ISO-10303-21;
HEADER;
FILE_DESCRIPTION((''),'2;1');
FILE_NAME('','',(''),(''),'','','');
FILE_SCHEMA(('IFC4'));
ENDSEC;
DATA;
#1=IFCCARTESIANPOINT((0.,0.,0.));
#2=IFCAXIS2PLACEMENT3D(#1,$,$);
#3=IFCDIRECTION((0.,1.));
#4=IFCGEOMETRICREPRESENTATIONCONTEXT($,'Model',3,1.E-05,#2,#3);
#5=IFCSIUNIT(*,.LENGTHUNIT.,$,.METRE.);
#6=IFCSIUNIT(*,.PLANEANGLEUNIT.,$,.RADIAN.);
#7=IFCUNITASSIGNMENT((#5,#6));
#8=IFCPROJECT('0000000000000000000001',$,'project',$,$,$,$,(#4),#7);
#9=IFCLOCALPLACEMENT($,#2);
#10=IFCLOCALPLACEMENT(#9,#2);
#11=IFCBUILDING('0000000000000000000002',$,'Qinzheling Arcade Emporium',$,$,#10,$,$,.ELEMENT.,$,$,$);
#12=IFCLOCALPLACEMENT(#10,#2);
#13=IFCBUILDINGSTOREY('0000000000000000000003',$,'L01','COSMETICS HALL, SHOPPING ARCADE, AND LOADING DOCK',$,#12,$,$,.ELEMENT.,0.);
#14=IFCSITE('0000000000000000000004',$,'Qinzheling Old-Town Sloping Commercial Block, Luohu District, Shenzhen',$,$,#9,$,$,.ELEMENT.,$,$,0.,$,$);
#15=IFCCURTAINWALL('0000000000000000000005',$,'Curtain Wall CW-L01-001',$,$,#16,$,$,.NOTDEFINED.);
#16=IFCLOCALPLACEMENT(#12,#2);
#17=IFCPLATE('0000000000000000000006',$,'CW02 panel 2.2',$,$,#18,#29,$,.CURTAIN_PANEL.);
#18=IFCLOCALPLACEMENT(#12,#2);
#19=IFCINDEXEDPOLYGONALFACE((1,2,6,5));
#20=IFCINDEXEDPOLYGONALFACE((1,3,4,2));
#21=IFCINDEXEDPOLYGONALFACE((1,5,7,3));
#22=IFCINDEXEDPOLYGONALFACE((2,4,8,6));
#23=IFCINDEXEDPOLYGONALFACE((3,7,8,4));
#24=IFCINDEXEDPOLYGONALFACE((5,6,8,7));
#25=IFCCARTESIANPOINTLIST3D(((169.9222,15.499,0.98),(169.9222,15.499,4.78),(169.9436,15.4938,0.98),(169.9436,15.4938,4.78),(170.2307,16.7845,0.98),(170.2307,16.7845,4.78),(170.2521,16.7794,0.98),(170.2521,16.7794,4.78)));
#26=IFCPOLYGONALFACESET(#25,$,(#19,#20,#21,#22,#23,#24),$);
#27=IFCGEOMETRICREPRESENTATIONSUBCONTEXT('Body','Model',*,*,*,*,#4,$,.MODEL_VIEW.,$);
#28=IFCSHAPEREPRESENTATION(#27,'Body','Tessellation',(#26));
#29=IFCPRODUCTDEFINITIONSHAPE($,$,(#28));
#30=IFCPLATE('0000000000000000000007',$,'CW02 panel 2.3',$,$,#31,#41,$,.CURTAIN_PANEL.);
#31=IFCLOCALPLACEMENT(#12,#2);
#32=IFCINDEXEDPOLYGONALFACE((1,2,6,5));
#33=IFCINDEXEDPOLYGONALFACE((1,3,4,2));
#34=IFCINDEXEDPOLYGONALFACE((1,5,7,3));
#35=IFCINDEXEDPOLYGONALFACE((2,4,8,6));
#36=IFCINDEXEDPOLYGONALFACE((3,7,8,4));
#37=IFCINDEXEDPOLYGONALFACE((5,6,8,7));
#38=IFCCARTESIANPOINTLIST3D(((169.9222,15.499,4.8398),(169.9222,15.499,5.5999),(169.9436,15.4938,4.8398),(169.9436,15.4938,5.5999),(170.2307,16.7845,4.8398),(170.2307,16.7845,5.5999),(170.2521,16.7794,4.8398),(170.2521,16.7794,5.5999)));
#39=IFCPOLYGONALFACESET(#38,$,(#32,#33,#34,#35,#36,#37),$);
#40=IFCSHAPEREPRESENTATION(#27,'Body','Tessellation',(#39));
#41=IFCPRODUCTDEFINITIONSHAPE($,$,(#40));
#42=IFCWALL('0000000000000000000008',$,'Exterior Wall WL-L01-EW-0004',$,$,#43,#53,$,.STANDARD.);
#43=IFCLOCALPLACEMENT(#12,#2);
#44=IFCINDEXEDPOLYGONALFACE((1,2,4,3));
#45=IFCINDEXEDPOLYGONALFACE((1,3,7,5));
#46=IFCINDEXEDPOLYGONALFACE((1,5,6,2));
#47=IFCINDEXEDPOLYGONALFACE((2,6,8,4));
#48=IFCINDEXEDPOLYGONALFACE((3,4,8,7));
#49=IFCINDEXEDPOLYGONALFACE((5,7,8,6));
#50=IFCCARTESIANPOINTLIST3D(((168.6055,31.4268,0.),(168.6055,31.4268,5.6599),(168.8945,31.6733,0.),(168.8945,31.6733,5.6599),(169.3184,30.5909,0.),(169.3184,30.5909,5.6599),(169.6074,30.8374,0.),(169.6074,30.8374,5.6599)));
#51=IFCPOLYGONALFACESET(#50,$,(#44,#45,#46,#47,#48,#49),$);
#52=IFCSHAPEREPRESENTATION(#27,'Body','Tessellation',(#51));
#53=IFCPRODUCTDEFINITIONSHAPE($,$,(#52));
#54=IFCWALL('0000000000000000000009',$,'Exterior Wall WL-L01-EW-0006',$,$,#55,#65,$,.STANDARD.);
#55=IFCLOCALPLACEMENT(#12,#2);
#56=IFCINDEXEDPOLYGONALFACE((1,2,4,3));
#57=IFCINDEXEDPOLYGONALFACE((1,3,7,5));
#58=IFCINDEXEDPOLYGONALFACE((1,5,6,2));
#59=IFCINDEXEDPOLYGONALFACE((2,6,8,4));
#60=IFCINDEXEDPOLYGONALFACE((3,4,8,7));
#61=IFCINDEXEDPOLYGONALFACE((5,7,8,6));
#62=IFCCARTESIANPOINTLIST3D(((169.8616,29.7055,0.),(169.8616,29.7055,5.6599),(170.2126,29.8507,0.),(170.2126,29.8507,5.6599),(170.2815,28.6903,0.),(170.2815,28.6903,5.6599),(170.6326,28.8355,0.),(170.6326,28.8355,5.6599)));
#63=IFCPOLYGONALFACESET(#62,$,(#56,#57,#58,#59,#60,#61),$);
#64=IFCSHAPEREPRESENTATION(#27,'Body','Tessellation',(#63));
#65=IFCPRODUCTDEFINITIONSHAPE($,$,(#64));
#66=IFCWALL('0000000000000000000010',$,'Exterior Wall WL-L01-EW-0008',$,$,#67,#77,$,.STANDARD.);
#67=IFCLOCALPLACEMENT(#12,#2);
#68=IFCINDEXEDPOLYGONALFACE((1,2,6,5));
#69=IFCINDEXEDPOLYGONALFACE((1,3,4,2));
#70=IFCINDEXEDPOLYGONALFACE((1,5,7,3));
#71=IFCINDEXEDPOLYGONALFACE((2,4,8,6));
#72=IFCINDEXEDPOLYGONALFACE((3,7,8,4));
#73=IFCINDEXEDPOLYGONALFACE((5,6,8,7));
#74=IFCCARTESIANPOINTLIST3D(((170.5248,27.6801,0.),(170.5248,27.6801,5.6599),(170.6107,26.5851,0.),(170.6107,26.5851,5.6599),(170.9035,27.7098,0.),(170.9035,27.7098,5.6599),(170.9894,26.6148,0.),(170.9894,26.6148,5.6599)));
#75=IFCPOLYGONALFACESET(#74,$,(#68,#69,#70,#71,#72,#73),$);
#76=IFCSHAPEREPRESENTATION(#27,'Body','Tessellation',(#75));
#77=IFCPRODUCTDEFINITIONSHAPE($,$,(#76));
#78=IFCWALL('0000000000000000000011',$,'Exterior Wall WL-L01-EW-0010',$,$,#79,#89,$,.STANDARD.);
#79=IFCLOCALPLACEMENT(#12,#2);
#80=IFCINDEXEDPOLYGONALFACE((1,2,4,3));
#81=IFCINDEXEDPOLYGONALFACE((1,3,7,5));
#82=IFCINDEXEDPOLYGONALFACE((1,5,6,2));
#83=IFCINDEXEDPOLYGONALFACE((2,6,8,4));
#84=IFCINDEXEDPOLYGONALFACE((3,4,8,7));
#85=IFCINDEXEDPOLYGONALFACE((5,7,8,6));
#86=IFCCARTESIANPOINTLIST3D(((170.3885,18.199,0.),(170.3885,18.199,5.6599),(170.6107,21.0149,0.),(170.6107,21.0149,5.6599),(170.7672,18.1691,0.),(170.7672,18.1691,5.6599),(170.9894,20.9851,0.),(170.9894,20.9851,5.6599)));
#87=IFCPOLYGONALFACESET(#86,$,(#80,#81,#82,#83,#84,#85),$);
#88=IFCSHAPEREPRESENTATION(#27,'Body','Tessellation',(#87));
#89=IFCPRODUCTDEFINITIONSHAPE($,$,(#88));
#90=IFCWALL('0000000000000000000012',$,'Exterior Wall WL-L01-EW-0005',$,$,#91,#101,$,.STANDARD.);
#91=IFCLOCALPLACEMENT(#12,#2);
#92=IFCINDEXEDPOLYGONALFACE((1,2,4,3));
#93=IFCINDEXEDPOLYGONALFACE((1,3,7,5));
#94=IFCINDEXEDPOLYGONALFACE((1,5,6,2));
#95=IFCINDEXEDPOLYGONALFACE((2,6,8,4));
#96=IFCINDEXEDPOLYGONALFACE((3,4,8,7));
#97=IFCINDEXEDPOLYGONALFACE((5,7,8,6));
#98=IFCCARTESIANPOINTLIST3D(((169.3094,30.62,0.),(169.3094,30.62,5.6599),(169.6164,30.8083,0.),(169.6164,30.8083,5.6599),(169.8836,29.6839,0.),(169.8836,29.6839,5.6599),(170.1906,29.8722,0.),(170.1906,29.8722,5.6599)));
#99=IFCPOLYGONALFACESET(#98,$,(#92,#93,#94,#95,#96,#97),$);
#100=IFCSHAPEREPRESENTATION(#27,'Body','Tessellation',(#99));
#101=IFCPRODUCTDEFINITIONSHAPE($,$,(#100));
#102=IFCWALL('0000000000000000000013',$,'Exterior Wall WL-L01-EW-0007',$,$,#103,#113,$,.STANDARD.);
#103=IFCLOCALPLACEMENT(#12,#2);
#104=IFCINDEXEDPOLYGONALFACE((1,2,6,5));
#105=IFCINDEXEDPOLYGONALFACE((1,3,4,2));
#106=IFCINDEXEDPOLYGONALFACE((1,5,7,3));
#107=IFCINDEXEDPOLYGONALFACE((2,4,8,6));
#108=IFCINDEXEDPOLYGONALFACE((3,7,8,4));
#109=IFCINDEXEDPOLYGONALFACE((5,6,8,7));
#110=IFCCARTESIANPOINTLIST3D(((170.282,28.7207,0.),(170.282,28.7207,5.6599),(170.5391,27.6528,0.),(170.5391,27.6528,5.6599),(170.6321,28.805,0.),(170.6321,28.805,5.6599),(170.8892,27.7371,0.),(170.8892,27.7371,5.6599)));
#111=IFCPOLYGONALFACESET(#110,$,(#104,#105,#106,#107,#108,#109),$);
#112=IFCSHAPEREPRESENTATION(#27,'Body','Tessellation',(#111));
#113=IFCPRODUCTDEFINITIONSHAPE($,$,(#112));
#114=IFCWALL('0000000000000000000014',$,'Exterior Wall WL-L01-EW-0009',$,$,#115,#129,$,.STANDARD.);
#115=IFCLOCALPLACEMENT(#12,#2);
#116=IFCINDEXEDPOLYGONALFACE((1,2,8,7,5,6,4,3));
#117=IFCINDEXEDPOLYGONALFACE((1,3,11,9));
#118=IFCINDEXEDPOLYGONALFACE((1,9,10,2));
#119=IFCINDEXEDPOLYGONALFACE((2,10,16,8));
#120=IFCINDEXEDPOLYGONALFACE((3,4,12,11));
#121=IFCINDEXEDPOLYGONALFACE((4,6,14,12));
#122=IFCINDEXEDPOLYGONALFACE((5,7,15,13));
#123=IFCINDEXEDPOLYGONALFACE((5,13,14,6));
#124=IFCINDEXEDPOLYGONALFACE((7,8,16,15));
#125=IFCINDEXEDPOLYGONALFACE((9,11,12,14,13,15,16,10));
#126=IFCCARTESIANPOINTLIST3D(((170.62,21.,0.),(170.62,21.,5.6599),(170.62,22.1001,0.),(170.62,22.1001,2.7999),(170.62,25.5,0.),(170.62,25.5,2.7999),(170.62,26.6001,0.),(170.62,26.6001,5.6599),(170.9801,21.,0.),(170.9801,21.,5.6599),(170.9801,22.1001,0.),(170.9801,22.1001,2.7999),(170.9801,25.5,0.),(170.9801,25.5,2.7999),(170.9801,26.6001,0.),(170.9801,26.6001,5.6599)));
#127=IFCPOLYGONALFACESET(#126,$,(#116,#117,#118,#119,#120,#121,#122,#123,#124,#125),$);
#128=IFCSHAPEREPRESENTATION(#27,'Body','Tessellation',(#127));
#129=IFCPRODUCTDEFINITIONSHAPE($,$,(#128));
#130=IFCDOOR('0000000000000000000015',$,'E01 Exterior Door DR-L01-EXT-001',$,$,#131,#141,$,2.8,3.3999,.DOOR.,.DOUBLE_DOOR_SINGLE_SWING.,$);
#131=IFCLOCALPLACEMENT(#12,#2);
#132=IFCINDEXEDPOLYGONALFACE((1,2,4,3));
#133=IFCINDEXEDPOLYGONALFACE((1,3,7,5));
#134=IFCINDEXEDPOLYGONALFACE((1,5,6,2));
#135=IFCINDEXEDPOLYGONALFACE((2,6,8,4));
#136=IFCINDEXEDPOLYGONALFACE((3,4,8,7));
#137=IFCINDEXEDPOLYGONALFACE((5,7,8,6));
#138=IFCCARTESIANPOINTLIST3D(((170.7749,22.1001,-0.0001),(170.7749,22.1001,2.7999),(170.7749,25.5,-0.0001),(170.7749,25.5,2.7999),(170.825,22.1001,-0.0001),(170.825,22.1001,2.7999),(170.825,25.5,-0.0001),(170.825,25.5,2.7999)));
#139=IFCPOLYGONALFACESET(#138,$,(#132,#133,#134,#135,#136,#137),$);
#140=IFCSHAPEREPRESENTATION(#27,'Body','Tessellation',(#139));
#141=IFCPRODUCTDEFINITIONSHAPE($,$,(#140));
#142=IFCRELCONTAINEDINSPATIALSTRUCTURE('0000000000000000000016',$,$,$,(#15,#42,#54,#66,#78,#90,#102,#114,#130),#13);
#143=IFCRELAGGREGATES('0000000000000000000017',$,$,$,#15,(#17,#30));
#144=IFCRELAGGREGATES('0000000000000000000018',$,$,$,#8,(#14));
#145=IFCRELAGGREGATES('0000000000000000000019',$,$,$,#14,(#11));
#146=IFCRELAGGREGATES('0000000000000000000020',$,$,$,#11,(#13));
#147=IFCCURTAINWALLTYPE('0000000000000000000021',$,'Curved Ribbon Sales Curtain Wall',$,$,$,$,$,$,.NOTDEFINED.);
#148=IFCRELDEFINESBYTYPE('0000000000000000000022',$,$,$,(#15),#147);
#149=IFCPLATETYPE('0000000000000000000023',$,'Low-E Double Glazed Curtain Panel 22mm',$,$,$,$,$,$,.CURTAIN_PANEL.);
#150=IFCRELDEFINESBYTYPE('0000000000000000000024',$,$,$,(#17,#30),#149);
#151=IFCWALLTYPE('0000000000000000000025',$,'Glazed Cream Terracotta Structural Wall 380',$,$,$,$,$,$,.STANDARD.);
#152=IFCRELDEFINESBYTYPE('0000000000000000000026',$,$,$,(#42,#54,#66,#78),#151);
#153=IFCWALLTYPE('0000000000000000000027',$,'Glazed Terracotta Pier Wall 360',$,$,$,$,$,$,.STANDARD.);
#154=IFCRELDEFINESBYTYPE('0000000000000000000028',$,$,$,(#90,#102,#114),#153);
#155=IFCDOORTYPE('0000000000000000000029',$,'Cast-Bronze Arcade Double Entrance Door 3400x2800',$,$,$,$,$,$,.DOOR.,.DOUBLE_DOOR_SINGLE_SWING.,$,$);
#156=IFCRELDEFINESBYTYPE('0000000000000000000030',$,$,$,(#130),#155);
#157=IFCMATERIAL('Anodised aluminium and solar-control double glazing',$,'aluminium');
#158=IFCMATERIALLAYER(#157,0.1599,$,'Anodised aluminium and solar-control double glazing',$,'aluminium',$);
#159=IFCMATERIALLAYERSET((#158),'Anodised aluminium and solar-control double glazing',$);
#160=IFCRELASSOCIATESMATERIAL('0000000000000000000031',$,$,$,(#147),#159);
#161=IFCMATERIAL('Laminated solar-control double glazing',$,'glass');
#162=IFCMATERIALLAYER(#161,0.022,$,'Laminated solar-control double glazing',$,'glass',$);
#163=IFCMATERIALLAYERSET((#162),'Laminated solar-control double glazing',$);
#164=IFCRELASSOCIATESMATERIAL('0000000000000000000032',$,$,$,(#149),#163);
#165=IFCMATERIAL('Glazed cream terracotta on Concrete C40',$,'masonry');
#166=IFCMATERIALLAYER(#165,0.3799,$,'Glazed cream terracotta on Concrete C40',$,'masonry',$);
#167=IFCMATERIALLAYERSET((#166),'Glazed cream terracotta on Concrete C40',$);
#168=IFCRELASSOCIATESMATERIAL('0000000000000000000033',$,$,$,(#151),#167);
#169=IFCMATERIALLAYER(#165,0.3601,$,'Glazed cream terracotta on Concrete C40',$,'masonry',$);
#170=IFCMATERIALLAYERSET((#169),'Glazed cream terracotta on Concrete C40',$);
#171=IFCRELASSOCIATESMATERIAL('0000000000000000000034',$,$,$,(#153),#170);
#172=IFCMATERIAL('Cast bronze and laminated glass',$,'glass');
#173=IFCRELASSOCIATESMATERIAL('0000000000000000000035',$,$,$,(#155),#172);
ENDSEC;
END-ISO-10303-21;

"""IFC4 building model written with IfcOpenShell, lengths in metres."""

from ifc_helpers import new_model, si_unit, direction, frame, frame_2d, origin, origin_2d, place, context, subcontext, project, spatial, rectangle, extrude, material, layer, layer_set, type_object, element, fill, aggregate, save


model = new_model("IFC4")

# Units and contexts
model_context = context("Model", 3, precision=1e-05, world=origin(), true_north=direction((0.0, 1.0)))
body_context = subcontext(model_context, "Body", "Model", "MODEL_VIEW")
ifc_project = project(units=[si_unit("LENGTHUNIT", "METRE"), si_unit("PLANEANGLEUNIT", "RADIAN")], contexts=[model_context])

# Site, building, storey
site_placement = place(None, origin())
site = spatial("IfcSite", under=ifc_project, at=site_placement, Name="Qinzheling Old-Town Sloping Commercial Block, Luohu District, Shenzhen", CompositionType="ELEMENT", RefElevation=0.0)
building_placement = place(site_placement, origin())
building = spatial("IfcBuilding", under=site, at=building_placement, Name="Qinzheling Arcade Emporium", CompositionType="ELEMENT")
storey_placement = place(building_placement, origin())
storey = spatial("IfcBuildingStorey", under=building, at=storey_placement, Name="L01", Description="COSMETICS HALL, SHOPPING ARCADE, AND LOADING DOCK", CompositionType="ELEMENT", Elevation=0.0)

# Curtain wall
ifc_material_1 = material(Name="Anodised aluminium and solar-control double glazing", Category="aluminium")
ifc_layer_1 = layer(ifc_material_1, 0.1599, Name="Anodised aluminium and solar-control double glazing", Category="aluminium")
ifc_layer_set_1 = layer_set([ifc_layer_1], Name="Anodised aluminium and solar-control double glazing")
curtain_wall_type = type_object("IfcCurtainWallType", Name="Curved Ribbon Sales Curtain Wall", PredefinedType="NOTDEFINED", material=ifc_layer_set_1)
curtain_wall_1_placement = place(storey_placement, origin())
curtain_wall_1 = element("IfcCurtainWall", 1, at=curtain_wall_1_placement, inside=storey, type_object=curtain_wall_type, Name="Curtain Wall CW-L01-001", PredefinedType="NOTDEFINED")

# Plates
ifc_material_2 = material(Name="Laminated solar-control double glazing", Category="glass")
ifc_layer_2 = layer(ifc_material_2, 0.022, Name="Laminated solar-control double glazing", Category="glass")
ifc_layer_set_2 = layer_set([ifc_layer_2], Name="Laminated solar-control double glazing")
plate_type = type_object("IfcPlateType", Name="Low-E Double Glazed Curtain Panel 22mm", PredefinedType="CURTAIN_PANEL", material=ifc_layer_set_2)
plate_1_placement = place(storey_placement, frame((170.0872, 16.1392, 0.98), z_axis=(0.0, 0.0, 1.0), x_axis=(-0.23336, -0.972391, 0.0)))
plate_1 = element("IfcPlate", 2, at=plate_1_placement, type_object=plate_type, Name="CW02 panel 2.2", PredefinedType="CURTAIN_PANEL", context=body_context, shape_type="SweptSolid", body=[
    extrude(rectangle(XDim=1.322, YDim=0.022, at=origin_2d()), origin(), (0.0, 0.0, 1.0), 3.8),
])
plate_2_placement = place(storey_placement, frame((170.0872, 16.1392, 4.8398), z_axis=(0.0, 0.0, 1.0), x_axis=(-0.23336, -0.972391, 0.0)))
plate_2 = element("IfcPlate", 3, at=plate_2_placement, type_object=plate_type, Name="CW02 panel 2.3", PredefinedType="CURTAIN_PANEL", context=body_context, shape_type="SweptSolid", body=[
    extrude(rectangle(XDim=1.322, YDim=0.022, at=origin_2d()), origin(), (0.0, 0.0, 1.0), 0.76),
])
aggregate(curtain_wall_1, [plate_1, plate_2])

# Walls
ifc_material_3 = material(Name="Glazed cream terracotta on Concrete C40", Category="masonry")
ifc_layer_3 = layer(ifc_material_3, 0.3799, Name="Glazed cream terracotta on Concrete C40", Category="masonry")
ifc_layer_set_3 = layer_set([ifc_layer_3], Name="Glazed cream terracotta on Concrete C40")
wall_type_1 = type_object("IfcWallType", Name="Glazed Cream Terracotta Structural Wall 380", PredefinedType="STANDARD", material=ifc_layer_set_3)
for number, where, z_axis, x_axis, name in (
    (4, (168.75, 31.55, 0.0), (0.0, 0.0, 1.0), (0.648886, -0.760886, 0.0), "Exterior Wall WL-L01-EW-0004"),
    (5, (170.0371, 29.7781, 0.0), (0.0, 0.0, 1.0), (0.382247, -0.92406, 0.0), "Exterior Wall WL-L01-EW-0006"),
):
    element("IfcWall", number, at=place(storey_placement, frame(where, z_axis=z_axis, x_axis=x_axis)), inside=storey, type_object=wall_type_1, Name=name, PredefinedType="STANDARD", context=body_context, shape_type="SweptSolid", body=[
        extrude(rectangle(XDim=1.0986, YDim=0.3799, at=frame_2d((0.5493, 0.0))), origin(), (0.0, 0.0, 1.0), 5.6599),
    ])
wall_1_placement = place(storey_placement, frame((170.7141, 27.6951, 0.0), z_axis=(0.0, 0.0, 1.0), x_axis=(0.078243, -0.996934, 0.0)))
element("IfcWall", 6, at=wall_1_placement, inside=storey, type_object=wall_type_1, Name="Exterior Wall WL-L01-EW-0008", PredefinedType="STANDARD", context=body_context, shape_type="SweptSolid", body=[
    extrude(rectangle(XDim=1.0984, YDim=0.3799, at=frame_2d((0.5493, 0.0))), origin(), (0.0, 0.0, 1.0), 5.6599),
])
wall_2_placement = place(storey_placement, frame((170.8, 21.0, 0.0), z_axis=(0.0, 0.0, 1.0), x_axis=(-0.078653, -0.996902, 0.0)))
element("IfcWall", 7, at=wall_2_placement, inside=storey, type_object=wall_type_1, Name="Exterior Wall WL-L01-EW-0010", PredefinedType="STANDARD", context=body_context, shape_type="SweptSolid", body=[
    extrude(rectangle(XDim=2.8247, YDim=0.3799, at=frame_2d((1.4124, 0.0))), origin(), (0.0, 0.0, 1.0), 5.6599),
])
ifc_layer_4 = layer(ifc_material_3, 0.3601, Name="Glazed cream terracotta on Concrete C40", Category="masonry")
ifc_layer_set_4 = layer_set([ifc_layer_4], Name="Glazed cream terracotta on Concrete C40")
wall_type_2 = type_object("IfcWallType", Name="Glazed Terracotta Pier Wall 360", PredefinedType="STANDARD", material=ifc_layer_set_4)
wall_3_placement = place(storey_placement, frame((169.4629, 30.7141, 0.0), z_axis=(0.0, 0.0, 1.0), x_axis=(0.522906, -0.85239, 0.0)))
element("IfcWall", 8, at=wall_3_placement, inside=storey, type_object=wall_type_2, Name="Exterior Wall WL-L01-EW-0005", PredefinedType="STANDARD", context=body_context, shape_type="SweptSolid", body=[
    extrude(rectangle(XDim=1.0981, YDim=0.3601, at=frame_2d((0.5491, 0.0))), origin(), (0.0, 0.0, 1.0), 5.6599),
])
wall_4_placement = place(storey_placement, frame((170.457, 28.7629, 0.0), z_axis=(0.0, 0.0, 1.0), x_axis=(0.234054, -0.972224, 0.0)))
element("IfcWall", 9, at=wall_4_placement, inside=storey, type_object=wall_type_2, Name="Exterior Wall WL-L01-EW-0007", PredefinedType="STANDARD", context=body_context, shape_type="SweptSolid", body=[
    extrude(rectangle(XDim=1.0984, YDim=0.3601, at=frame_2d((0.5493, 0.0))), origin(), (0.0, 0.0, 1.0), 5.6599),
])

# Wall, opening, door
wall_5_placement = place(storey_placement, frame((170.8, 26.6001, 0.0), z_axis=(0.0, 0.0, 1.0), x_axis=(0.0, -1.0, 0.0)))
wall_5 = element("IfcWall", 10, at=wall_5_placement, inside=storey, type_object=wall_type_2, Name="Exterior Wall WL-L01-EW-0009", PredefinedType="STANDARD", context=body_context, shape_type="SweptSolid", body=[
    extrude(rectangle(XDim=5.6001, YDim=0.3601, at=frame_2d((2.8, 0.0))), origin(), (0.0, 0.0, 1.0), 5.6599),
])
opening_placement = place(wall_5_placement, frame((1.1001, 0.0, 0.0)))
opening = element("IfcOpeningElement", 11, at=opening_placement, cuts=wall_5, PredefinedType="OPENING", context=body_context, shape_type="SweptSolid", body=[
    extrude(rectangle(XDim=3.3999, YDim=2.8, at=frame_2d((1.7, 1.3999))), frame((0.0, 0.1899, 0.0), z_axis=(0.0, -1.0, 0.0), x_axis=(1.0, 0.0, 0.0)), (0.0, 0.0, 1.0), 0.3801),
])
ifc_material_4 = material(Name="Cast bronze and laminated glass", Category="glass")
door_type = type_object("IfcDoorType", Name="Cast-Bronze Arcade Double Entrance Door 3400x2800", OperationType="DOUBLE_DOOR_SINGLE_SWING", PredefinedType="DOOR", material=ifc_material_4)
door_placement = place(opening_placement, origin())
door = element("IfcDoor", 12, at=door_placement, inside=storey, type_object=door_type, Name="E01 Exterior Door DR-L01-EXT-001", OperationType="DOUBLE_DOOR_SINGLE_SWING", OverallHeight=2.8, OverallWidth=3.3999, PredefinedType="DOOR", context=body_context, shape_type="SweptSolid", body=[
    extrude(rectangle(XDim=3.3999, YDim=2.8, at=frame_2d((1.7, 1.3999))), frame((0.0, 0.0249, 0.0), z_axis=(0.0, -1.0, 0.0), x_axis=(1.0, 0.0, 0.0)), (0.0, 0.0, 1.0), 0.05),
])
fill(opening, door)

save(model, "model.ifc")
